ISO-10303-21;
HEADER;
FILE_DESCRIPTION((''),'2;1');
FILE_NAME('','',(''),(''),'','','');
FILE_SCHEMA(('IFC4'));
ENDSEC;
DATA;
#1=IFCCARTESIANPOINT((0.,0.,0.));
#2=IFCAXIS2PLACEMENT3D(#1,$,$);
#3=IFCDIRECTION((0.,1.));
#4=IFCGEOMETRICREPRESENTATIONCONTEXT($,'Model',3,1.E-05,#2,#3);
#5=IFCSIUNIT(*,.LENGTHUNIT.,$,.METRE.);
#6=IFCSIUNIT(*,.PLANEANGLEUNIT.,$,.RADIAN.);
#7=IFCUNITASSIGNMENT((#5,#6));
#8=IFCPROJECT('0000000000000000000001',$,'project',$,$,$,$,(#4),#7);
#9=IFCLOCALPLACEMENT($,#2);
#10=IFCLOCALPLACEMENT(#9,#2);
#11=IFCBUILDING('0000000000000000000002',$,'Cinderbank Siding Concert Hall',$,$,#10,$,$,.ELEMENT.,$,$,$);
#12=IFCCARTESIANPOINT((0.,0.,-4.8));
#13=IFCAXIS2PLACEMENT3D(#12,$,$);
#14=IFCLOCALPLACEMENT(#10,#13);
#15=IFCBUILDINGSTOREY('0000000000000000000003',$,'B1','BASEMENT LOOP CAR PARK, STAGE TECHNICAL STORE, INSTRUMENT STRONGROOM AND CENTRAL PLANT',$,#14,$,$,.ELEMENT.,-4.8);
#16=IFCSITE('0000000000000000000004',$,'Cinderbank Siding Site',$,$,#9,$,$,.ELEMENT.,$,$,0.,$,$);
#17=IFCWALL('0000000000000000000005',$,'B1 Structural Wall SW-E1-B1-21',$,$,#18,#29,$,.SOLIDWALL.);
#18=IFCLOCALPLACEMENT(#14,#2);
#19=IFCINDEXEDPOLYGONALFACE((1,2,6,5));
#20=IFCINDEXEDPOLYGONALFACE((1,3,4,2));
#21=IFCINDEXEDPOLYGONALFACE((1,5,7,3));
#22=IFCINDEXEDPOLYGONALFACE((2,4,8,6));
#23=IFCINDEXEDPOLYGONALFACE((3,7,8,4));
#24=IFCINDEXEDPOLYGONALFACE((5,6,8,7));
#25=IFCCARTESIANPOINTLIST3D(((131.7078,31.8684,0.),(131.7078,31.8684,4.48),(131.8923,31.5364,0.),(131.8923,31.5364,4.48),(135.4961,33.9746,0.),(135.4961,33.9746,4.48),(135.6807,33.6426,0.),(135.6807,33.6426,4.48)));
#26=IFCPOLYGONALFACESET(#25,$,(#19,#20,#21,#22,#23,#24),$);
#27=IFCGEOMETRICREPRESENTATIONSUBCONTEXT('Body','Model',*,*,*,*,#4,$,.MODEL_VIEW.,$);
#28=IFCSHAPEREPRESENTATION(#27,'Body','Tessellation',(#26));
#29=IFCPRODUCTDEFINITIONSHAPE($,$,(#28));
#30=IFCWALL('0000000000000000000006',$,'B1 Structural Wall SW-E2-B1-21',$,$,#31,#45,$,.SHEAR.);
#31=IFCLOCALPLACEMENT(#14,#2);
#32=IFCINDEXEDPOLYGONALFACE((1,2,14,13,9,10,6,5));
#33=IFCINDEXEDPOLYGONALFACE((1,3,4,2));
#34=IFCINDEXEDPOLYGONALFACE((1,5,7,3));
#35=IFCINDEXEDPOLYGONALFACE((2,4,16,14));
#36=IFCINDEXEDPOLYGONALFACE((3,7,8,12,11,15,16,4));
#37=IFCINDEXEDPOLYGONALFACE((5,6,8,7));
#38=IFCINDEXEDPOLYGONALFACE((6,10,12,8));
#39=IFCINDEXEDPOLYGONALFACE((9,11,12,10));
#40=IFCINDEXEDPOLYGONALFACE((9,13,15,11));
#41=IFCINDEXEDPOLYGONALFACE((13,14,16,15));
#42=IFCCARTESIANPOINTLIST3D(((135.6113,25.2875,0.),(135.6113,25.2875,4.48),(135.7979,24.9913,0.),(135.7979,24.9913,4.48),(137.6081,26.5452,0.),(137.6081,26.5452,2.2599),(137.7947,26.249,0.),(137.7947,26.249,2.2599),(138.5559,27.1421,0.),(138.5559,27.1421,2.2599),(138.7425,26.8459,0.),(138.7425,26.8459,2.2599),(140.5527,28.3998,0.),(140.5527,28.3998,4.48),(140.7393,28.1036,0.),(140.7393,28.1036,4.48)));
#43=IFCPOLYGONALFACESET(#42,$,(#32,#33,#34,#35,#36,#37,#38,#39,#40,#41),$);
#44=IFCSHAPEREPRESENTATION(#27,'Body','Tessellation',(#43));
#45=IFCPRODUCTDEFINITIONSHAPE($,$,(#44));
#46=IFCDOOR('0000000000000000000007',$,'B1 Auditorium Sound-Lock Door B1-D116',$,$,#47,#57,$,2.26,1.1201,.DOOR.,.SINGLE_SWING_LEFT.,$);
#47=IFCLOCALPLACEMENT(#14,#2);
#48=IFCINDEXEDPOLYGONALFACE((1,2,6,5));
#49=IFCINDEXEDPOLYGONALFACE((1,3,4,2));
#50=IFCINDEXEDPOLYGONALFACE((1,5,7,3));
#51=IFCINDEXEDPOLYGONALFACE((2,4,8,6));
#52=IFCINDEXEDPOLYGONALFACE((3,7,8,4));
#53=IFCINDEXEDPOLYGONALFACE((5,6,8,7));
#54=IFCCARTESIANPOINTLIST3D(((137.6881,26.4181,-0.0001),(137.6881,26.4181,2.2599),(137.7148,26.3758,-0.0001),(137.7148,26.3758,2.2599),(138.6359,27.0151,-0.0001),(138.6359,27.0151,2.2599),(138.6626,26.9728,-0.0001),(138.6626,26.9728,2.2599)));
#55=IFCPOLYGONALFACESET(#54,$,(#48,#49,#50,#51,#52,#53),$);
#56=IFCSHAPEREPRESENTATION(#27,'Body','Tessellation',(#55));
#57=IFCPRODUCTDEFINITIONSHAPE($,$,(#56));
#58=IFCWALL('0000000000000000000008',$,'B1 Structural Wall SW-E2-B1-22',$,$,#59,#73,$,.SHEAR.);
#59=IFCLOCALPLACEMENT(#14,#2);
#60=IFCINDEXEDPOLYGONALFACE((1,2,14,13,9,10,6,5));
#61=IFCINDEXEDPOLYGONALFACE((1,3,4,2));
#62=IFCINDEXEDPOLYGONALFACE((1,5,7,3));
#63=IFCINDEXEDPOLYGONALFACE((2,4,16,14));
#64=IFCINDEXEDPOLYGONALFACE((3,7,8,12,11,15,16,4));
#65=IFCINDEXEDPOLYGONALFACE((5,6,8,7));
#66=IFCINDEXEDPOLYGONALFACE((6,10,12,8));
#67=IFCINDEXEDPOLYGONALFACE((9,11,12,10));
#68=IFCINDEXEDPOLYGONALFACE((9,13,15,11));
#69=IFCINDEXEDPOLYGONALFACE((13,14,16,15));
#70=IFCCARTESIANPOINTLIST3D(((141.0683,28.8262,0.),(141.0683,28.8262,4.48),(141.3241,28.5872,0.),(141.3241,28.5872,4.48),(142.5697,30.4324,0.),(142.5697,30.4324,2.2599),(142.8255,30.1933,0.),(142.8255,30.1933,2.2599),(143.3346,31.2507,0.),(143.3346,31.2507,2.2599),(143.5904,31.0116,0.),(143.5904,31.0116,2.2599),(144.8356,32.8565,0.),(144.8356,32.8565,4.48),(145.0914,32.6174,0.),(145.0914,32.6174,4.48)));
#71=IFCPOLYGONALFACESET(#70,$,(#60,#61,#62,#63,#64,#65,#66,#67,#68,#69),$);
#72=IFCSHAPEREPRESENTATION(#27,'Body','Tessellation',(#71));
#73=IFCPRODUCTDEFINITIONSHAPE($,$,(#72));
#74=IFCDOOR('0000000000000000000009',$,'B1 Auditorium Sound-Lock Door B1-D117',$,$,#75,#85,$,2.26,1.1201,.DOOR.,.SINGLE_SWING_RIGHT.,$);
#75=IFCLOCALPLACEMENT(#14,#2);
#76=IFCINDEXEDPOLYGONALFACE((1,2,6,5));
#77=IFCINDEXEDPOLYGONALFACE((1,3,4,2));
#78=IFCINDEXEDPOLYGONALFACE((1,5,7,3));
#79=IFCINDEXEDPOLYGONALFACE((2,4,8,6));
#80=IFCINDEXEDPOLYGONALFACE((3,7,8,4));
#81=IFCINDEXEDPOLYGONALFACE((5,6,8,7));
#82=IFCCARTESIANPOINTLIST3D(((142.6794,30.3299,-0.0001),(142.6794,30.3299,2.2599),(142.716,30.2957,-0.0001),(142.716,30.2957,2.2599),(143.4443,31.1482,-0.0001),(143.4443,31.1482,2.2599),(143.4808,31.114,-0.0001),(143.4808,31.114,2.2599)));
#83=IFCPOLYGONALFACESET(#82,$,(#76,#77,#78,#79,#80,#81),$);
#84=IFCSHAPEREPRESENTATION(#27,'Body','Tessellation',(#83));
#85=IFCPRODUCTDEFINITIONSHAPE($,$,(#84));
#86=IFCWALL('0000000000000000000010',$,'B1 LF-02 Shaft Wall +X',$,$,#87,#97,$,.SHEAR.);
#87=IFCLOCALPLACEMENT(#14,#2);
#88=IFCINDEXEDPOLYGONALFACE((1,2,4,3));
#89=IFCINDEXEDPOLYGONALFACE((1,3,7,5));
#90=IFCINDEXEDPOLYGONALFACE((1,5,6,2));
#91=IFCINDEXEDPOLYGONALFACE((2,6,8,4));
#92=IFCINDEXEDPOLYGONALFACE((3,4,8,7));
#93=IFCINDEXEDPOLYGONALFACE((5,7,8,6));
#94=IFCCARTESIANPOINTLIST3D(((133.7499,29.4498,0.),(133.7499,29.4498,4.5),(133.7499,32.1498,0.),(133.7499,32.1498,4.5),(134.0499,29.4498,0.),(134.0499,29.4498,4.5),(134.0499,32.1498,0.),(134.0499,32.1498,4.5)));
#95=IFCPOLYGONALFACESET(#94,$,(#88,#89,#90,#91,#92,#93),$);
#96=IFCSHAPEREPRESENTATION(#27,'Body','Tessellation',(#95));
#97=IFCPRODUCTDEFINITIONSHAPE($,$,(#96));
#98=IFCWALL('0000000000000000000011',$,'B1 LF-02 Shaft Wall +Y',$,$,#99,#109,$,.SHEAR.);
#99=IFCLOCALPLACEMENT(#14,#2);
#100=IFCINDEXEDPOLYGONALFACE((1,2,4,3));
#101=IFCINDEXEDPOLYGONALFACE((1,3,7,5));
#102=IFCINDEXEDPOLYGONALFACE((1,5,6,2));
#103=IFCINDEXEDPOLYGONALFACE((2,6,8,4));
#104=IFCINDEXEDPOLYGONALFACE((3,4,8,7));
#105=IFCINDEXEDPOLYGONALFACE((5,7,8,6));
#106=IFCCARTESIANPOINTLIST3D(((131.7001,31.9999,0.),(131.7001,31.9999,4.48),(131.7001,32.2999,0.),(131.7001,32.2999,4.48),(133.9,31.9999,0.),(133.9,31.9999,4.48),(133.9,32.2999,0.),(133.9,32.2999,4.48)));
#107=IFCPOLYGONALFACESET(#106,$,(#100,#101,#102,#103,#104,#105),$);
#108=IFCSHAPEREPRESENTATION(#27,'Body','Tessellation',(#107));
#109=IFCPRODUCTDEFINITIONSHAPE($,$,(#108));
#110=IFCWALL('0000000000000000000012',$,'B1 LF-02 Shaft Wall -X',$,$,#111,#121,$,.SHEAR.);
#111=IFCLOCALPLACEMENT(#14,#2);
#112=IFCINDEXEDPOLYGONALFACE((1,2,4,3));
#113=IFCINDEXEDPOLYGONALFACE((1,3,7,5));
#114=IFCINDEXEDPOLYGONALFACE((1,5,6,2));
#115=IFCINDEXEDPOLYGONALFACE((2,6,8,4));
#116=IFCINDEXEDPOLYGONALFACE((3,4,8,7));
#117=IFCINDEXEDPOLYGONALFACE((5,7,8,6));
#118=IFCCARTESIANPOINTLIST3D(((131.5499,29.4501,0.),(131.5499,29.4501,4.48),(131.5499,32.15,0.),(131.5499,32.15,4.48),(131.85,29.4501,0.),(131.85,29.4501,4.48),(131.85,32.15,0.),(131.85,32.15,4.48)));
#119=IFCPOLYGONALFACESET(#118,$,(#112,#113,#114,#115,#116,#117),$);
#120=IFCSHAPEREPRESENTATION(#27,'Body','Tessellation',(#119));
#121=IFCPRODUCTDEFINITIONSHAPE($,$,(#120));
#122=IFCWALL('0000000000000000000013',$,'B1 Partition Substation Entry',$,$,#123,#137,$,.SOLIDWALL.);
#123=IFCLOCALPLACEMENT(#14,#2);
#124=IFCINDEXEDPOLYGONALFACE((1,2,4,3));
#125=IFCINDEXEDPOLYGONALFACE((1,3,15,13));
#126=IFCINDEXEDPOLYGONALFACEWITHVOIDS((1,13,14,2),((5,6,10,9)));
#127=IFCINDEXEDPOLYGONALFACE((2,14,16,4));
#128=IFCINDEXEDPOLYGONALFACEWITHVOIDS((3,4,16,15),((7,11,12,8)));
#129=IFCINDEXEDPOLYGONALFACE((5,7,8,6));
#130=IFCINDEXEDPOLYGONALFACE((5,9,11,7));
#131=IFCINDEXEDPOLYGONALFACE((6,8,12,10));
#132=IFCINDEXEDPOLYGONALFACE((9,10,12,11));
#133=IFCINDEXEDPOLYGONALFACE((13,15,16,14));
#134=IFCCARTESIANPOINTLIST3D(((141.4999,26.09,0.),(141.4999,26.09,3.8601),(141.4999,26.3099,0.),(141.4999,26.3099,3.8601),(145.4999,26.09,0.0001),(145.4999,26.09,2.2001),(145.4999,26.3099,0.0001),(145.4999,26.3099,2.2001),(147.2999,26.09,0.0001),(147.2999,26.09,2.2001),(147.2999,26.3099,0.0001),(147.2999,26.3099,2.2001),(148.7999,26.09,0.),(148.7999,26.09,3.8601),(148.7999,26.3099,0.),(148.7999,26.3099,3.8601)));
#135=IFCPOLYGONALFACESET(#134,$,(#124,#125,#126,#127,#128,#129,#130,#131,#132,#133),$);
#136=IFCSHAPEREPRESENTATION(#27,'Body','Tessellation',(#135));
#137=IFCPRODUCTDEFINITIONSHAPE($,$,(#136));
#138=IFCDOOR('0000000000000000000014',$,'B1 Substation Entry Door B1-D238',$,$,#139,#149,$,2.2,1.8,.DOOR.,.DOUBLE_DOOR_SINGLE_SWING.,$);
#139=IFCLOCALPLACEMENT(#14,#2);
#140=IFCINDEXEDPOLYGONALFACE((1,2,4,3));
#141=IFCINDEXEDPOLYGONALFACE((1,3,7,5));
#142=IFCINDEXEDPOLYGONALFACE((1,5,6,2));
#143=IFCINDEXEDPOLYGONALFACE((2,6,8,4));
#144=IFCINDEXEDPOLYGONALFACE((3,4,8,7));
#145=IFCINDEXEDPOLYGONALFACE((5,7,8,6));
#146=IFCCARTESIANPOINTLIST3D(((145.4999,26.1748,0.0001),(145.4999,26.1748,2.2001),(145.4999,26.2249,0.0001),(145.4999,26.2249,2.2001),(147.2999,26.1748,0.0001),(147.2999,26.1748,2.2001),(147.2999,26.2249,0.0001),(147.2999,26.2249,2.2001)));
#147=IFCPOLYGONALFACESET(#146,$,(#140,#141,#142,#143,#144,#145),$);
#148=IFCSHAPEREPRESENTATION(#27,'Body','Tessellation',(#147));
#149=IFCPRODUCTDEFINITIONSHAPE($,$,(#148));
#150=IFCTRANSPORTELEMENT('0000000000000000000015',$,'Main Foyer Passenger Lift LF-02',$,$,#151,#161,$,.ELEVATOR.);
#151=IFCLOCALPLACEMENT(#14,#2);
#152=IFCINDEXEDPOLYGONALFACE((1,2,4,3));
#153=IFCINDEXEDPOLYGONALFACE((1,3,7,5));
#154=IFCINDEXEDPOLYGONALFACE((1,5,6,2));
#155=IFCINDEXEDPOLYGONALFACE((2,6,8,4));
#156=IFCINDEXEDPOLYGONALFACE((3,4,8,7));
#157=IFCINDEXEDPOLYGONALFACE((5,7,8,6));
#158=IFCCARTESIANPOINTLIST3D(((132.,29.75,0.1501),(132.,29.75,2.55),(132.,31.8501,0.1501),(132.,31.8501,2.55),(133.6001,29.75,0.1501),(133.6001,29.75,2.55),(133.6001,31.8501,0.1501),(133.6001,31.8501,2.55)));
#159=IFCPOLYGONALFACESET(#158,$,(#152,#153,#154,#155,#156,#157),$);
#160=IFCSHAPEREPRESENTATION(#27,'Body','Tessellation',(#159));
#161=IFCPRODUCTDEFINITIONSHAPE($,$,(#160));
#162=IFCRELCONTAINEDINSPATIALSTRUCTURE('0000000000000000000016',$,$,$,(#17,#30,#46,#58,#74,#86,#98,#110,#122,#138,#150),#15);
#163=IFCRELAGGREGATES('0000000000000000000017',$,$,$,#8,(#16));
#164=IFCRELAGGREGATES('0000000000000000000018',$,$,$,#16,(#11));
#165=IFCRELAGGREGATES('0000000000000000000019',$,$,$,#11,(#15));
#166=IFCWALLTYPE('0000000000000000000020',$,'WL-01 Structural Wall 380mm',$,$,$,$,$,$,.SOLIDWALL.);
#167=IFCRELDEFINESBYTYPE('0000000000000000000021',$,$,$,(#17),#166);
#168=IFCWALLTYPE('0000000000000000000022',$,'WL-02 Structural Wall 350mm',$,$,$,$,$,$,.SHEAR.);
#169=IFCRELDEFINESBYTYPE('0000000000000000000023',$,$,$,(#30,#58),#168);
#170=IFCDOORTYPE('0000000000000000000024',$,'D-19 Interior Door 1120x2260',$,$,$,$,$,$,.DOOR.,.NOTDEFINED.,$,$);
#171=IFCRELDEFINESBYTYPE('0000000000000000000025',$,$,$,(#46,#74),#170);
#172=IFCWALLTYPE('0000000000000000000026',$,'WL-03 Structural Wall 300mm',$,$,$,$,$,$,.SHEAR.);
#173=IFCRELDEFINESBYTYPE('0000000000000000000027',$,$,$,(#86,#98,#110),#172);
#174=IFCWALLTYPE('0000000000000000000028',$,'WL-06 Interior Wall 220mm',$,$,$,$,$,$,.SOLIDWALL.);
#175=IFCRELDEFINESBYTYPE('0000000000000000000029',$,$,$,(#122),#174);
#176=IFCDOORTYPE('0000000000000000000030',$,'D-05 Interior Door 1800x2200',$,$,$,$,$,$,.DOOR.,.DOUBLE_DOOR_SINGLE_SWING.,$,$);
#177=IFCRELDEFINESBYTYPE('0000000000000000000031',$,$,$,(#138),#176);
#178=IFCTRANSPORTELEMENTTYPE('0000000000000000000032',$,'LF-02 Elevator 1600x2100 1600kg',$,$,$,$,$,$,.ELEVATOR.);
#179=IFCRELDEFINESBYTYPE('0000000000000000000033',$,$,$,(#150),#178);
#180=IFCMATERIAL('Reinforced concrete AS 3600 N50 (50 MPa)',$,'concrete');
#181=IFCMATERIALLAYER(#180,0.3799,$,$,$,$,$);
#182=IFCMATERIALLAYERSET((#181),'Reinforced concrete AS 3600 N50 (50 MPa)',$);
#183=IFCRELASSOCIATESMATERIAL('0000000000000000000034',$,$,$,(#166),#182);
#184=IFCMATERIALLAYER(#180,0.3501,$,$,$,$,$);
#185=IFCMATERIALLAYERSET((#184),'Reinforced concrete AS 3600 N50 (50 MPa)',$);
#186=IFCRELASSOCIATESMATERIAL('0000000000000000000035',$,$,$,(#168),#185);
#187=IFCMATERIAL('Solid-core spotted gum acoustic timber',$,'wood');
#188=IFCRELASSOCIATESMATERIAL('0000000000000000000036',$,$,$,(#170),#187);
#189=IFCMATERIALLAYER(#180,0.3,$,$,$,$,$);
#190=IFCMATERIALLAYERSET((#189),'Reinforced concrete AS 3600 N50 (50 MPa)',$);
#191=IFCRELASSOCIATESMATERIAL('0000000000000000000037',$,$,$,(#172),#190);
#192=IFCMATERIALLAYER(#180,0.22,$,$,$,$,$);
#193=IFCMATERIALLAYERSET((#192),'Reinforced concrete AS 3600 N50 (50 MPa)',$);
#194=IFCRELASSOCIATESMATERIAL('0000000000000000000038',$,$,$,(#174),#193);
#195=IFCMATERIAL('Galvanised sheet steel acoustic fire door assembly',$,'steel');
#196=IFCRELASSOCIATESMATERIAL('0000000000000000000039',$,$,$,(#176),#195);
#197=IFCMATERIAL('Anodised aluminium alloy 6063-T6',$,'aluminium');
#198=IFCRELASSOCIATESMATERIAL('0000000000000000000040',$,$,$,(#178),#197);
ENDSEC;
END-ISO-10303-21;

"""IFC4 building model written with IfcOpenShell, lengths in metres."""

from ifc_helpers import new_model, si_unit, direction, frame, frame_2d, origin, origin_2d, place, context, subcontext, project, spatial, rectangle, extrude, material, layer, layer_set, type_object, element, fill, save


model = new_model("IFC4")

# Units and contexts
model_context = context("Model", 3, precision=1e-05, world=origin(), true_north=direction((0.0, 1.0)))
body_context = subcontext(model_context, "Body", "Model", "MODEL_VIEW")
ifc_project = project(units=[si_unit("LENGTHUNIT", "METRE"), si_unit("PLANEANGLEUNIT", "RADIAN")], contexts=[model_context])

# Site, building, storey
site_placement = place(None, origin())
site = spatial("IfcSite", under=ifc_project, at=site_placement, Name="Cinderbank Siding Site", CompositionType="ELEMENT", RefElevation=0.0)
building_placement = place(site_placement, origin())
building = spatial("IfcBuilding", under=site, at=building_placement, Name="Cinderbank Siding Concert Hall", CompositionType="ELEMENT")
storey_placement = place(building_placement, frame((0.0, 0.0, -4.8)))
storey = spatial("IfcBuildingStorey", under=building, at=storey_placement, Name="B1", Description="BASEMENT LOOP CAR PARK, STAGE TECHNICAL STORE, INSTRUMENT STRONGROOM AND CENTRAL PLANT", CompositionType="ELEMENT", Elevation=-4.8)

# Shared definitions
ifc_material_1 = material(Name="Reinforced concrete AS 3600 N50 (50 MPa)", Category="concrete")

# Wall
ifc_layer_1 = layer(ifc_material_1, 0.3799)
ifc_layer_set_1 = layer_set([ifc_layer_1], Name="Reinforced concrete AS 3600 N50 (50 MPa)")
wall_type_1 = type_object("IfcWallType", Name="WL-01 Structural Wall 380mm", PredefinedType="SOLIDWALL", material=ifc_layer_set_1)
wall_1_placement = place(storey_placement, frame((131.8, 31.7024, 0.0), z_axis=(0.0, 0.0, 1.0), x_axis=(0.874003, 0.48592, 0.0)))
element("IfcWall", 1, at=wall_1_placement, inside=storey, type_object=wall_type_1, Name="B1 Structural Wall SW-E1-B1-21", PredefinedType="SOLIDWALL", context=body_context, shape_type="SweptSolid", body=[
    extrude(rectangle(XDim=4.3345, YDim=0.3799, at=frame_2d((2.1672, 0.0))), origin(), (0.0, 0.0, 1.0), 4.48),
])

# Walls, openings, doors
ifc_layer_2 = layer(ifc_material_1, 0.3501)
ifc_layer_set_2 = layer_set([ifc_layer_2], Name="Reinforced concrete AS 3600 N50 (50 MPa)")
wall_type_2 = type_object("IfcWallType", Name="WL-02 Structural Wall 350mm", PredefinedType="SHEAR", material=ifc_layer_set_2)
wall_2_placement = place(storey_placement, frame((135.7046, 25.1394, 0.0), z_axis=(0.0, 0.0, 1.0), x_axis=(0.846152, 0.532942, 0.0)))
wall_2 = element("IfcWall", 2, at=wall_2_placement, inside=storey, type_object=wall_type_2, Name="B1 Structural Wall SW-E2-B1-21", PredefinedType="SHEAR", context=body_context, shape_type="SweptSolid", body=[
    extrude(rectangle(XDim=5.8398, YDim=0.3501, at=frame_2d((2.9199, 0.0))), origin(), (0.0, 0.0, 1.0), 4.48),
])
opening_1_placement = place(wall_2_placement, frame((2.3599, 0.0, 0.0)))
opening_1 = element("IfcOpeningElement", 3, at=opening_1_placement, cuts=wall_2, PredefinedType="OPENING", context=body_context, shape_type="SweptSolid", body=[
    extrude(rectangle(XDim=1.1201, YDim=2.26, at=frame_2d((0.5601, 1.1299))), frame((0.0, 0.187, 0.0), z_axis=(0.0, -1.0, 0.0), x_axis=(1.0, 0.0, 0.0)), (0.0, 0.0, 1.0), 0.374),
])
ifc_material_2 = material(Name="Solid-core spotted gum acoustic timber", Category="wood")
door_type_1 = type_object("IfcDoorType", Name="D-19 Interior Door 1120x2260", OperationType="NOTDEFINED", PredefinedType="DOOR", material=ifc_material_2)
door_1_placement = place(opening_1_placement, origin())
door_1 = element("IfcDoor", 4, at=door_1_placement, inside=storey, type_object=door_type_1, Name="B1 Auditorium Sound-Lock Door B1-D116", OperationType="SINGLE_SWING_LEFT", OverallHeight=2.26, OverallWidth=1.1201, PredefinedType="DOOR", context=body_context, shape_type="SweptSolid", body=[
    extrude(rectangle(XDim=1.1201, YDim=2.26, at=frame_2d((0.5601, 1.1299))), frame((0.0, 0.0249, 0.0), z_axis=(0.0, -1.0, 0.0), x_axis=(1.0, 0.0, 0.0)), (0.0, 0.0, 1.0), 0.05),
])
fill(opening_1, door_1)
wall_3_placement = place(storey_placement, frame((141.1963, 28.7068, 0.0), z_axis=(0.0, 0.0, 1.0), x_axis=(0.682875, 0.730536, 0.0)))
wall_3 = element("IfcWall", 5, at=wall_3_placement, inside=storey, type_object=wall_type_2, Name="B1 Structural Wall SW-E2-B1-22", PredefinedType="SHEAR", context=body_context, shape_type="SweptSolid", body=[
    extrude(rectangle(XDim=5.5168, YDim=0.3501, at=frame_2d((2.7583, 0.0))), origin(), (0.0, 0.0, 1.0), 4.48),
])
opening_2_placement = place(wall_3_placement, frame((2.1985, 0.0, 0.0)))
opening_2 = element("IfcOpeningElement", 6, at=opening_2_placement, cuts=wall_3, PredefinedType="OPENING", context=body_context, shape_type="SweptSolid", body=[
    extrude(rectangle(XDim=1.1201, YDim=2.26, at=frame_2d((0.5601, 1.1299))), frame((0.0, 0.187, 0.0), z_axis=(0.0, -1.0, 0.0), x_axis=(1.0, 0.0, 0.0)), (0.0, 0.0, 1.0), 0.374),
])
door_2_placement = place(opening_2_placement, origin())
door_2 = element("IfcDoor", 7, at=door_2_placement, inside=storey, type_object=door_type_1, Name="B1 Auditorium Sound-Lock Door B1-D117", OperationType="SINGLE_SWING_RIGHT", OverallHeight=2.26, OverallWidth=1.1201, PredefinedType="DOOR", context=body_context, shape_type="SweptSolid", body=[
    extrude(rectangle(XDim=1.1201, YDim=2.26, at=frame_2d((0.5601, 1.1299))), frame((0.0, 0.0249, 0.0), z_axis=(0.0, -1.0, 0.0), x_axis=(1.0, 0.0, 0.0)), (0.0, 0.0, 1.0), 0.05),
])
fill(opening_2, door_2)
ifc_layer_3 = layer(ifc_material_1, 0.3)
ifc_layer_set_3 = layer_set([ifc_layer_3], Name="Reinforced concrete AS 3600 N50 (50 MPa)")
wall_type_3 = type_object("IfcWallType", Name="WL-03 Structural Wall 300mm", PredefinedType="SHEAR", material=ifc_layer_set_3)
ifc_material_3 = material(Name="Galvanised sheet steel acoustic fire door assembly", Category="steel")

# Walls
wall_4_placement = place(storey_placement, frame((133.8999, 32.1499, 0.0), z_axis=(0.0, 0.0, 1.0), x_axis=(0.0, -1.0, 0.0)))
element("IfcWall", 8, at=wall_4_placement, inside=storey, type_object=wall_type_3, Name="B1 LF-02 Shaft Wall +X", PredefinedType="SHEAR", context=body_context, shape_type="SweptSolid", body=[
    extrude(rectangle(XDim=2.7, YDim=0.3, at=frame_2d((1.3501, 0.0))), origin(), (0.0, 0.0, 1.0), 4.5),
])
wall_5_placement = place(storey_placement, frame((131.7, 32.1499, 0.0), z_axis=(0.0, 0.0, 1.0), x_axis=(1.0, 0.0, 0.0)))
element("IfcWall", 9, at=wall_5_placement, inside=storey, type_object=wall_type_3, Name="B1 LF-02 Shaft Wall +Y", PredefinedType="SHEAR", context=body_context, shape_type="SweptSolid", body=[
    extrude(rectangle(XDim=2.2, YDim=0.3, at=frame_2d((1.1001, 0.0))), origin(), (0.0, 0.0, 1.0), 4.48),
])
wall_6_placement = place(storey_placement, frame((131.7, 29.45, 0.0), z_axis=(0.0, 0.0, 1.0), x_axis=(0.0, 1.0, 0.0)))
element("IfcWall", 10, at=wall_6_placement, inside=storey, type_object=wall_type_3, Name="B1 LF-02 Shaft Wall -X", PredefinedType="SHEAR", context=body_context, shape_type="SweptSolid", body=[
    extrude(rectangle(XDim=2.7, YDim=0.3, at=frame_2d((1.3501, 0.0))), origin(), (0.0, 0.0, 1.0), 4.48),
])

# Wall, opening, door
ifc_layer_4 = layer(ifc_material_1, 0.22)
ifc_layer_set_4 = layer_set([ifc_layer_4], Name="Reinforced concrete AS 3600 N50 (50 MPa)")
wall_type_4 = type_object("IfcWallType", Name="WL-06 Interior Wall 220mm", PredefinedType="SOLIDWALL", material=ifc_layer_set_4)
wall_7_placement = place(storey_placement, frame((141.5, 26.2, 0.0), z_axis=(0.0, 0.0, 1.0), x_axis=(1.0, 0.0, 0.0)))
wall_7 = element("IfcWall", 11, at=wall_7_placement, inside=storey, type_object=wall_type_4, Name="B1 Partition Substation Entry", PredefinedType="SOLIDWALL", context=body_context, shape_type="SweptSolid", body=[
    extrude(rectangle(XDim=7.3, YDim=0.22, at=frame_2d((3.6499, 0.0))), origin(), (0.0, 0.0, 1.0), 3.8601),
])
opening_3_placement = place(wall_7_placement, frame((4.0, 0.0, 0.0)))
opening_3 = element("IfcOpeningElement", 12, at=opening_3_placement, cuts=wall_7, PredefinedType="OPENING", context=body_context, shape_type="SweptSolid", body=[
    extrude(rectangle(XDim=1.8, YDim=2.2, at=frame_2d((0.8999, 1.1001))), frame((0.0, 0.1221, 0.0), z_axis=(0.0, -1.0, 0.0), x_axis=(1.0, 0.0, 0.0)), (0.0, 0.0, 1.0), 0.2439),
])
door_type_2 = type_object("IfcDoorType", Name="D-05 Interior Door 1800x2200", OperationType="DOUBLE_DOOR_SINGLE_SWING", PredefinedType="DOOR", material=ifc_material_3)
door_3_placement = place(opening_3_placement, origin())
door_3 = element("IfcDoor", 13, at=door_3_placement, inside=storey, type_object=door_type_2, Name="B1 Substation Entry Door B1-D238", OperationType="DOUBLE_DOOR_SINGLE_SWING", OverallHeight=2.2, OverallWidth=1.8, PredefinedType="DOOR", context=body_context, shape_type="SweptSolid", body=[
    extrude(rectangle(XDim=1.8, YDim=2.2, at=frame_2d((0.8999, 1.1001))), frame((0.0, 0.0249, 0.0), z_axis=(0.0, -1.0, 0.0), x_axis=(1.0, 0.0, 0.0)), (0.0, 0.0, 1.0), 0.05),
])
fill(opening_3, door_3)

# Transport element
ifc_material_4 = material(Name="Anodised aluminium alloy 6063-T6", Category="aluminium")
transport_element_type = type_object("IfcTransportElementType", Name="LF-02 Elevator 1600x2100 1600kg", PredefinedType="ELEVATOR", material=ifc_material_4)
transport_element_placement = place(storey_placement, frame((132.8, 30.8, 0.1501), z_axis=(0.0, 0.0, 1.0), x_axis=(1.0, 0.0, 0.0)))
element("IfcTransportElement", 14, at=transport_element_placement, inside=storey, type_object=transport_element_type, Name="Main Foyer Passenger Lift LF-02", PredefinedType="ELEVATOR", context=body_context, shape_type="SweptSolid", body=[
    extrude(rectangle(XDim=1.6001, YDim=2.1001, at=origin_2d()), origin(), (0.0, 0.0, 1.0), 2.3999),
])

save(model, "model.ifc")
